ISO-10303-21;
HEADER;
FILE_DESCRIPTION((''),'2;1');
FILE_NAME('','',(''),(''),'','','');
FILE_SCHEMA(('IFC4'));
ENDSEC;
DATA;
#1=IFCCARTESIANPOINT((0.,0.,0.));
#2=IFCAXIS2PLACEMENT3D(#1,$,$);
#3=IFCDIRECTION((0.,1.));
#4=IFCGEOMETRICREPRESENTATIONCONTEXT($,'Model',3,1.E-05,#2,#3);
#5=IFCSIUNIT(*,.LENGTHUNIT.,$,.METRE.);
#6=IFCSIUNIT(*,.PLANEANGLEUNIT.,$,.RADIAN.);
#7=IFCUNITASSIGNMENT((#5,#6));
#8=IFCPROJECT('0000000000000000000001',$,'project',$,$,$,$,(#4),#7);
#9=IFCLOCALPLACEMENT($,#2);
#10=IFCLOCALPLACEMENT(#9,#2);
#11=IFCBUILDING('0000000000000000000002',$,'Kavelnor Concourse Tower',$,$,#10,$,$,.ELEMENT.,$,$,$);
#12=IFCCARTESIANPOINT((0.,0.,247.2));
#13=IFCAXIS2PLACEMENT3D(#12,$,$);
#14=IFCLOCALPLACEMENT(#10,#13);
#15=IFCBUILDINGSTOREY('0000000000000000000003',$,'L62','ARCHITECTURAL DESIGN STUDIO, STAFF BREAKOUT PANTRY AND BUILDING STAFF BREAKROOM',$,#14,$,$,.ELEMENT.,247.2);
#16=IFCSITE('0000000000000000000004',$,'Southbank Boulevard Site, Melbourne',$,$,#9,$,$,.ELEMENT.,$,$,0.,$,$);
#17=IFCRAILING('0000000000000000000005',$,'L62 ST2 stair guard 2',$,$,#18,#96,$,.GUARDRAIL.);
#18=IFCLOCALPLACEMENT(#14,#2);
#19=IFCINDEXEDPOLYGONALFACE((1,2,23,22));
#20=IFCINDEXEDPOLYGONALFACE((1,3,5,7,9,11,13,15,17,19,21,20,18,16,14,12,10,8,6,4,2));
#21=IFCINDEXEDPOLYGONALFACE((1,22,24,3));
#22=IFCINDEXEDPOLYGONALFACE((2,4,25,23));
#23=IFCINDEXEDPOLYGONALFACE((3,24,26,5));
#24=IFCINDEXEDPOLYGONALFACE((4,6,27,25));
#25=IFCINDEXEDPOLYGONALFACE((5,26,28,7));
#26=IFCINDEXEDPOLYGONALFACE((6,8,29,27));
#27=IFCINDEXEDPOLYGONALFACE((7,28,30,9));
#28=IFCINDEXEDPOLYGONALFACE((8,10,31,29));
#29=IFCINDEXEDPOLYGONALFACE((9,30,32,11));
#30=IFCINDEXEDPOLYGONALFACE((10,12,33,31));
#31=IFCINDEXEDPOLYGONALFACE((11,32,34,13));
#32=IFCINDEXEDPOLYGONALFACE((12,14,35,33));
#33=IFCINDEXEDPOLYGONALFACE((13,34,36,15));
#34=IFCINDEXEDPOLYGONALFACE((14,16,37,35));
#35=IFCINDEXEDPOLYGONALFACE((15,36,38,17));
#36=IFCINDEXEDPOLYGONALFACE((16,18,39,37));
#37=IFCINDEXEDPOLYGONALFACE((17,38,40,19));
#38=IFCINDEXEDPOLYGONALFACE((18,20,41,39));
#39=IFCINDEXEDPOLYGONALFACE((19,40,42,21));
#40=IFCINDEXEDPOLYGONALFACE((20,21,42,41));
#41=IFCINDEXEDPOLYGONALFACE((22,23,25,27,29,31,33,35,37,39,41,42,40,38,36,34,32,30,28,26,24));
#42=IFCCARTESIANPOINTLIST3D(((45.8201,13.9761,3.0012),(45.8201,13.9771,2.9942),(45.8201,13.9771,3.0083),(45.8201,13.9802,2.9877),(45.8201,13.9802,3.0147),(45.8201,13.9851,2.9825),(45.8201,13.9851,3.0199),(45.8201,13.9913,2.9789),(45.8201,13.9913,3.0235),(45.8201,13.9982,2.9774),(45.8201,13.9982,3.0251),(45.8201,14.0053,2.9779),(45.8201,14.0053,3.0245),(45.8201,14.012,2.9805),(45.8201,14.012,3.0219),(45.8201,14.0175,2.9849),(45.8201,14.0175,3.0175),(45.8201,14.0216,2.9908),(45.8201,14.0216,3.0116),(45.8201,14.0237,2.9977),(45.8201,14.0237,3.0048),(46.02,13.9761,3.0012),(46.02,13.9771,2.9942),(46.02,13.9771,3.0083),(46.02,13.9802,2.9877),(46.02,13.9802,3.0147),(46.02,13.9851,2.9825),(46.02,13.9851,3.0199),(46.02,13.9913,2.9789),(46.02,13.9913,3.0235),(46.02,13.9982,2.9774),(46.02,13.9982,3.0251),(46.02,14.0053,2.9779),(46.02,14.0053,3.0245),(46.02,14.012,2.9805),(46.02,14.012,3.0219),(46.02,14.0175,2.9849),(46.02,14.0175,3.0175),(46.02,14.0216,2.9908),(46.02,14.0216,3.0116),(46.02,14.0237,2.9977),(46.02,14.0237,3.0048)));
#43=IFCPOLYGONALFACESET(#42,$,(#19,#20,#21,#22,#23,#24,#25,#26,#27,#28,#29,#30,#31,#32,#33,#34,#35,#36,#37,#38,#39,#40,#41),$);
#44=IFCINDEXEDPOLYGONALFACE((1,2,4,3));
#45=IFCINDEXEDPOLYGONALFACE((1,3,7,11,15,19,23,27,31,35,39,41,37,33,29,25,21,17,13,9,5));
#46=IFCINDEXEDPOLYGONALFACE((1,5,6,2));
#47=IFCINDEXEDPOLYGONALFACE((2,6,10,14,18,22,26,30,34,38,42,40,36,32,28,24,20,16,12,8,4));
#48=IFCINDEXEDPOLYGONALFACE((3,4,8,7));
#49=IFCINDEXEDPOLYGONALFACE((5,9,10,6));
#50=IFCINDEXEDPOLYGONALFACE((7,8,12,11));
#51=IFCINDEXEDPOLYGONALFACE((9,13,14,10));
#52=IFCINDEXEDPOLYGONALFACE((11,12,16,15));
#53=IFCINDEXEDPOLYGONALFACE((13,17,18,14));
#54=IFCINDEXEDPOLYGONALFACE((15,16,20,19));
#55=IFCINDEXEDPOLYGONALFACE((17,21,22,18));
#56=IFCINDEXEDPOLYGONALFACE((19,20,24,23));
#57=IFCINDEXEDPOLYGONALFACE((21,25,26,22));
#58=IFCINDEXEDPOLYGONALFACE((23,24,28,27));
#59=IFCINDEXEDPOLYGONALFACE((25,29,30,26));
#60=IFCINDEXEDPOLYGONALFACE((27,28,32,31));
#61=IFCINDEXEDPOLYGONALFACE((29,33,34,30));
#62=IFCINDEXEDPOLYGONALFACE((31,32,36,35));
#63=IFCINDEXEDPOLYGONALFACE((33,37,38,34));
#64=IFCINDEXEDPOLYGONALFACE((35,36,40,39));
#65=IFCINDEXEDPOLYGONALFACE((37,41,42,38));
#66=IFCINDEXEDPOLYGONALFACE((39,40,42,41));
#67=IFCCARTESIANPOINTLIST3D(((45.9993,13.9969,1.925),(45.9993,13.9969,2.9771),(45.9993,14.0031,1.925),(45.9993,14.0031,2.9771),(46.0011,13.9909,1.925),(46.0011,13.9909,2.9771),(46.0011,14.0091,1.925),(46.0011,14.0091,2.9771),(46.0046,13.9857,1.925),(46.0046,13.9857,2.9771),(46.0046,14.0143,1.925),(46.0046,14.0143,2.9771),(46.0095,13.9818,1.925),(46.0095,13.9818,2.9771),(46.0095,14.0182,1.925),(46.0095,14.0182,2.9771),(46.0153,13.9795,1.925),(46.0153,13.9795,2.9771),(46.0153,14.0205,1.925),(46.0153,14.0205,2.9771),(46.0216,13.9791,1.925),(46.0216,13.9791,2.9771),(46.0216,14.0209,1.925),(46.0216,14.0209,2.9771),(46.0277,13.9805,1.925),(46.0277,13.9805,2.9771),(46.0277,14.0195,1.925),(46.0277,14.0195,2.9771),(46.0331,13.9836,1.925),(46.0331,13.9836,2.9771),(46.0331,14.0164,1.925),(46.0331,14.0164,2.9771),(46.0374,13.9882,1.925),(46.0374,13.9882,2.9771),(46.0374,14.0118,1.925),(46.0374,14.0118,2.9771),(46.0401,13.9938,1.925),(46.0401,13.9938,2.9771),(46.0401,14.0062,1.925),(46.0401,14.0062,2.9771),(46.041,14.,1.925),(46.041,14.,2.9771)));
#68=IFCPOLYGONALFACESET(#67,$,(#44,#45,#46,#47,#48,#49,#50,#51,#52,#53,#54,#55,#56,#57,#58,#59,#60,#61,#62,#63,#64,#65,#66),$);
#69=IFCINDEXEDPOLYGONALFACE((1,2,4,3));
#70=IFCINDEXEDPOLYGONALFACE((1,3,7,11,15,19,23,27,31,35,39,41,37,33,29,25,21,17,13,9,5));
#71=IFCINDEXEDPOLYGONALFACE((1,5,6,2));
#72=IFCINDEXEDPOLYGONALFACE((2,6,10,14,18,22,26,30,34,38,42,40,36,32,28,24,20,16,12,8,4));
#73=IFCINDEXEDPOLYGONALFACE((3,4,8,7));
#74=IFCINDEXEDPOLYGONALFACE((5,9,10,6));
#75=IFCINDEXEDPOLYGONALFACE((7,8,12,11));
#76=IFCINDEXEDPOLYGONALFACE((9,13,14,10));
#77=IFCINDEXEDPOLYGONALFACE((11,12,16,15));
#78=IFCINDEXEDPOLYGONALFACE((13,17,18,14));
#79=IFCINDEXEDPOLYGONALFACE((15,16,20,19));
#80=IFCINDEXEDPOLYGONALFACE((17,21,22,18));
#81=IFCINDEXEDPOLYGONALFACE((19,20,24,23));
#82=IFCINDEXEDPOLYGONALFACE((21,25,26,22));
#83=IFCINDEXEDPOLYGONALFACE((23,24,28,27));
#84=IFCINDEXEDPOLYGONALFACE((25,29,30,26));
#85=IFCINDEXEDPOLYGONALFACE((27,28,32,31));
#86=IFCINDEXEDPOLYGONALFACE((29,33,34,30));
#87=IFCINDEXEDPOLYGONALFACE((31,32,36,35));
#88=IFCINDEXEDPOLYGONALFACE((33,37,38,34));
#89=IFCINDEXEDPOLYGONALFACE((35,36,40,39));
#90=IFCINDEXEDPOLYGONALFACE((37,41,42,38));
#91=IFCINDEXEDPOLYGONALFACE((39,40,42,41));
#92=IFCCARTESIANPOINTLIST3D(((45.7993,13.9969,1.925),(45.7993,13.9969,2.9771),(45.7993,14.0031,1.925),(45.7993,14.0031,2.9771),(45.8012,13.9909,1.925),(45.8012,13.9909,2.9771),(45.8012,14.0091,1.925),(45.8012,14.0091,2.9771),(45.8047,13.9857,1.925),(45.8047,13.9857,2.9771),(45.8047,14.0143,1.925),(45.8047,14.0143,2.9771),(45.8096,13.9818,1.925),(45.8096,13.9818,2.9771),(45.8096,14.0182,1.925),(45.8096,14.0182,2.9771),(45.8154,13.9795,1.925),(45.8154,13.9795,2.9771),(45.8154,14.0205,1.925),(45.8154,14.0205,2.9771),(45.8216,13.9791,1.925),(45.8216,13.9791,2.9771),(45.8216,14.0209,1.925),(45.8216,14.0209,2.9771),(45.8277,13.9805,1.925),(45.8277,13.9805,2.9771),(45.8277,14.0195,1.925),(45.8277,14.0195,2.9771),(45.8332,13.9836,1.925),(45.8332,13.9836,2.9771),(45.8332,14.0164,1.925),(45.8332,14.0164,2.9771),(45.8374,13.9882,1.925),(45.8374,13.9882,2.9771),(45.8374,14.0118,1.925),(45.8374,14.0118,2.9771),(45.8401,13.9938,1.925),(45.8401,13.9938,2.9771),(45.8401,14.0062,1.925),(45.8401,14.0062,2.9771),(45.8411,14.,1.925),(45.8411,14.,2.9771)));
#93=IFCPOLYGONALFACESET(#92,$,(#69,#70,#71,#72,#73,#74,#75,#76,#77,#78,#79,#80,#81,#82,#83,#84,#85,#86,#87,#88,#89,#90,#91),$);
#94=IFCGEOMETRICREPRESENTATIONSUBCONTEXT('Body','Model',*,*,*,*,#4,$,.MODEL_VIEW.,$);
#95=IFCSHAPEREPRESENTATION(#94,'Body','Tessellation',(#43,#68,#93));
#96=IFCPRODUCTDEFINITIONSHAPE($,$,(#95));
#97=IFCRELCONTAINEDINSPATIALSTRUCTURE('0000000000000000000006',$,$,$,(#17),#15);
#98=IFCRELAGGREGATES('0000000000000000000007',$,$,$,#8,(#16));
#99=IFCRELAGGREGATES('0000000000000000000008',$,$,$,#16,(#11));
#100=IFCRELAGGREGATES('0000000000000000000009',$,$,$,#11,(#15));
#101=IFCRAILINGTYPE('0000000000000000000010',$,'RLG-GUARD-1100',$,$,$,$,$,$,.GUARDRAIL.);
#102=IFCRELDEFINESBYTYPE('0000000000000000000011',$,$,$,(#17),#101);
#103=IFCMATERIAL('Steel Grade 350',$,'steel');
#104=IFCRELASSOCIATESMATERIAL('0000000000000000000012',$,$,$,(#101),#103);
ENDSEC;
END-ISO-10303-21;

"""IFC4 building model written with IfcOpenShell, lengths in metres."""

from ifc_helpers import new_model, si_unit, direction, frame, origin, origin_2d, place, context, subcontext, project, spatial, circle, extrude, material, type_object, element, save


model = new_model("IFC4")

# Units and contexts
model_context = context("Model", 3, precision=1e-05, world=origin(), true_north=direction((0.0, 1.0)))
body_context = subcontext(model_context, "Body", "Model", "MODEL_VIEW")
ifc_project = project(units=[si_unit("LENGTHUNIT", "METRE"), si_unit("PLANEANGLEUNIT", "RADIAN")], contexts=[model_context])

# Site, building, storey
site_placement = place(None, origin())
site = spatial("IfcSite", under=ifc_project, at=site_placement, Name="Southbank Boulevard Site, Melbourne", CompositionType="ELEMENT", RefElevation=0.0)
building_placement = place(site_placement, origin())
building = spatial("IfcBuilding", under=site, at=building_placement, Name="Kavelnor Concourse Tower", CompositionType="ELEMENT")
storey_placement = place(building_placement, frame((0.0, 0.0, 247.2)))
storey = spatial("IfcBuildingStorey", under=building, at=storey_placement, Name="L62", Description="ARCHITECTURAL DESIGN STUDIO, STAFF BREAKOUT PANTRY AND BUILDING STAFF BREAKROOM", CompositionType="ELEMENT", Elevation=247.2)

# Shared definitions
ifc_material_1 = material(Name="Steel Grade 350", Category="steel")

# Railing
railing_type_1 = type_object("IfcRailingType", Name="RLG-GUARD-1100", PredefinedType="GUARDRAIL", material=ifc_material_1)
railing_1_placement = place(storey_placement, frame((46.02, 14.0, 1.925)))
element("IfcRailing", 1, at=railing_1_placement, inside=storey, type_object=railing_type_1, Name="L62 ST2 stair guard 2", PredefinedType="GUARDRAIL", context=body_context, shape_type="SweptSolid", body=[
    extrude(circle(Radius=0.0239, at=origin_2d()), frame((0.0, 0.0, 1.0762), z_axis=(-1.0, 0.0, 0.0), x_axis=(0.0, -1.0, 0.0)), (0.0, 0.0, 1.0), 0.2),
    extrude(circle(Radius=0.021, at=origin_2d()), origin(), (0.0, 0.0, 1.0), 1.052),
    extrude(circle(Radius=0.021, at=origin_2d()), frame((-0.2, 0.0, 0.0)), (0.0, 0.0, 1.0), 1.052),
])

save(model, "model.ifc")
